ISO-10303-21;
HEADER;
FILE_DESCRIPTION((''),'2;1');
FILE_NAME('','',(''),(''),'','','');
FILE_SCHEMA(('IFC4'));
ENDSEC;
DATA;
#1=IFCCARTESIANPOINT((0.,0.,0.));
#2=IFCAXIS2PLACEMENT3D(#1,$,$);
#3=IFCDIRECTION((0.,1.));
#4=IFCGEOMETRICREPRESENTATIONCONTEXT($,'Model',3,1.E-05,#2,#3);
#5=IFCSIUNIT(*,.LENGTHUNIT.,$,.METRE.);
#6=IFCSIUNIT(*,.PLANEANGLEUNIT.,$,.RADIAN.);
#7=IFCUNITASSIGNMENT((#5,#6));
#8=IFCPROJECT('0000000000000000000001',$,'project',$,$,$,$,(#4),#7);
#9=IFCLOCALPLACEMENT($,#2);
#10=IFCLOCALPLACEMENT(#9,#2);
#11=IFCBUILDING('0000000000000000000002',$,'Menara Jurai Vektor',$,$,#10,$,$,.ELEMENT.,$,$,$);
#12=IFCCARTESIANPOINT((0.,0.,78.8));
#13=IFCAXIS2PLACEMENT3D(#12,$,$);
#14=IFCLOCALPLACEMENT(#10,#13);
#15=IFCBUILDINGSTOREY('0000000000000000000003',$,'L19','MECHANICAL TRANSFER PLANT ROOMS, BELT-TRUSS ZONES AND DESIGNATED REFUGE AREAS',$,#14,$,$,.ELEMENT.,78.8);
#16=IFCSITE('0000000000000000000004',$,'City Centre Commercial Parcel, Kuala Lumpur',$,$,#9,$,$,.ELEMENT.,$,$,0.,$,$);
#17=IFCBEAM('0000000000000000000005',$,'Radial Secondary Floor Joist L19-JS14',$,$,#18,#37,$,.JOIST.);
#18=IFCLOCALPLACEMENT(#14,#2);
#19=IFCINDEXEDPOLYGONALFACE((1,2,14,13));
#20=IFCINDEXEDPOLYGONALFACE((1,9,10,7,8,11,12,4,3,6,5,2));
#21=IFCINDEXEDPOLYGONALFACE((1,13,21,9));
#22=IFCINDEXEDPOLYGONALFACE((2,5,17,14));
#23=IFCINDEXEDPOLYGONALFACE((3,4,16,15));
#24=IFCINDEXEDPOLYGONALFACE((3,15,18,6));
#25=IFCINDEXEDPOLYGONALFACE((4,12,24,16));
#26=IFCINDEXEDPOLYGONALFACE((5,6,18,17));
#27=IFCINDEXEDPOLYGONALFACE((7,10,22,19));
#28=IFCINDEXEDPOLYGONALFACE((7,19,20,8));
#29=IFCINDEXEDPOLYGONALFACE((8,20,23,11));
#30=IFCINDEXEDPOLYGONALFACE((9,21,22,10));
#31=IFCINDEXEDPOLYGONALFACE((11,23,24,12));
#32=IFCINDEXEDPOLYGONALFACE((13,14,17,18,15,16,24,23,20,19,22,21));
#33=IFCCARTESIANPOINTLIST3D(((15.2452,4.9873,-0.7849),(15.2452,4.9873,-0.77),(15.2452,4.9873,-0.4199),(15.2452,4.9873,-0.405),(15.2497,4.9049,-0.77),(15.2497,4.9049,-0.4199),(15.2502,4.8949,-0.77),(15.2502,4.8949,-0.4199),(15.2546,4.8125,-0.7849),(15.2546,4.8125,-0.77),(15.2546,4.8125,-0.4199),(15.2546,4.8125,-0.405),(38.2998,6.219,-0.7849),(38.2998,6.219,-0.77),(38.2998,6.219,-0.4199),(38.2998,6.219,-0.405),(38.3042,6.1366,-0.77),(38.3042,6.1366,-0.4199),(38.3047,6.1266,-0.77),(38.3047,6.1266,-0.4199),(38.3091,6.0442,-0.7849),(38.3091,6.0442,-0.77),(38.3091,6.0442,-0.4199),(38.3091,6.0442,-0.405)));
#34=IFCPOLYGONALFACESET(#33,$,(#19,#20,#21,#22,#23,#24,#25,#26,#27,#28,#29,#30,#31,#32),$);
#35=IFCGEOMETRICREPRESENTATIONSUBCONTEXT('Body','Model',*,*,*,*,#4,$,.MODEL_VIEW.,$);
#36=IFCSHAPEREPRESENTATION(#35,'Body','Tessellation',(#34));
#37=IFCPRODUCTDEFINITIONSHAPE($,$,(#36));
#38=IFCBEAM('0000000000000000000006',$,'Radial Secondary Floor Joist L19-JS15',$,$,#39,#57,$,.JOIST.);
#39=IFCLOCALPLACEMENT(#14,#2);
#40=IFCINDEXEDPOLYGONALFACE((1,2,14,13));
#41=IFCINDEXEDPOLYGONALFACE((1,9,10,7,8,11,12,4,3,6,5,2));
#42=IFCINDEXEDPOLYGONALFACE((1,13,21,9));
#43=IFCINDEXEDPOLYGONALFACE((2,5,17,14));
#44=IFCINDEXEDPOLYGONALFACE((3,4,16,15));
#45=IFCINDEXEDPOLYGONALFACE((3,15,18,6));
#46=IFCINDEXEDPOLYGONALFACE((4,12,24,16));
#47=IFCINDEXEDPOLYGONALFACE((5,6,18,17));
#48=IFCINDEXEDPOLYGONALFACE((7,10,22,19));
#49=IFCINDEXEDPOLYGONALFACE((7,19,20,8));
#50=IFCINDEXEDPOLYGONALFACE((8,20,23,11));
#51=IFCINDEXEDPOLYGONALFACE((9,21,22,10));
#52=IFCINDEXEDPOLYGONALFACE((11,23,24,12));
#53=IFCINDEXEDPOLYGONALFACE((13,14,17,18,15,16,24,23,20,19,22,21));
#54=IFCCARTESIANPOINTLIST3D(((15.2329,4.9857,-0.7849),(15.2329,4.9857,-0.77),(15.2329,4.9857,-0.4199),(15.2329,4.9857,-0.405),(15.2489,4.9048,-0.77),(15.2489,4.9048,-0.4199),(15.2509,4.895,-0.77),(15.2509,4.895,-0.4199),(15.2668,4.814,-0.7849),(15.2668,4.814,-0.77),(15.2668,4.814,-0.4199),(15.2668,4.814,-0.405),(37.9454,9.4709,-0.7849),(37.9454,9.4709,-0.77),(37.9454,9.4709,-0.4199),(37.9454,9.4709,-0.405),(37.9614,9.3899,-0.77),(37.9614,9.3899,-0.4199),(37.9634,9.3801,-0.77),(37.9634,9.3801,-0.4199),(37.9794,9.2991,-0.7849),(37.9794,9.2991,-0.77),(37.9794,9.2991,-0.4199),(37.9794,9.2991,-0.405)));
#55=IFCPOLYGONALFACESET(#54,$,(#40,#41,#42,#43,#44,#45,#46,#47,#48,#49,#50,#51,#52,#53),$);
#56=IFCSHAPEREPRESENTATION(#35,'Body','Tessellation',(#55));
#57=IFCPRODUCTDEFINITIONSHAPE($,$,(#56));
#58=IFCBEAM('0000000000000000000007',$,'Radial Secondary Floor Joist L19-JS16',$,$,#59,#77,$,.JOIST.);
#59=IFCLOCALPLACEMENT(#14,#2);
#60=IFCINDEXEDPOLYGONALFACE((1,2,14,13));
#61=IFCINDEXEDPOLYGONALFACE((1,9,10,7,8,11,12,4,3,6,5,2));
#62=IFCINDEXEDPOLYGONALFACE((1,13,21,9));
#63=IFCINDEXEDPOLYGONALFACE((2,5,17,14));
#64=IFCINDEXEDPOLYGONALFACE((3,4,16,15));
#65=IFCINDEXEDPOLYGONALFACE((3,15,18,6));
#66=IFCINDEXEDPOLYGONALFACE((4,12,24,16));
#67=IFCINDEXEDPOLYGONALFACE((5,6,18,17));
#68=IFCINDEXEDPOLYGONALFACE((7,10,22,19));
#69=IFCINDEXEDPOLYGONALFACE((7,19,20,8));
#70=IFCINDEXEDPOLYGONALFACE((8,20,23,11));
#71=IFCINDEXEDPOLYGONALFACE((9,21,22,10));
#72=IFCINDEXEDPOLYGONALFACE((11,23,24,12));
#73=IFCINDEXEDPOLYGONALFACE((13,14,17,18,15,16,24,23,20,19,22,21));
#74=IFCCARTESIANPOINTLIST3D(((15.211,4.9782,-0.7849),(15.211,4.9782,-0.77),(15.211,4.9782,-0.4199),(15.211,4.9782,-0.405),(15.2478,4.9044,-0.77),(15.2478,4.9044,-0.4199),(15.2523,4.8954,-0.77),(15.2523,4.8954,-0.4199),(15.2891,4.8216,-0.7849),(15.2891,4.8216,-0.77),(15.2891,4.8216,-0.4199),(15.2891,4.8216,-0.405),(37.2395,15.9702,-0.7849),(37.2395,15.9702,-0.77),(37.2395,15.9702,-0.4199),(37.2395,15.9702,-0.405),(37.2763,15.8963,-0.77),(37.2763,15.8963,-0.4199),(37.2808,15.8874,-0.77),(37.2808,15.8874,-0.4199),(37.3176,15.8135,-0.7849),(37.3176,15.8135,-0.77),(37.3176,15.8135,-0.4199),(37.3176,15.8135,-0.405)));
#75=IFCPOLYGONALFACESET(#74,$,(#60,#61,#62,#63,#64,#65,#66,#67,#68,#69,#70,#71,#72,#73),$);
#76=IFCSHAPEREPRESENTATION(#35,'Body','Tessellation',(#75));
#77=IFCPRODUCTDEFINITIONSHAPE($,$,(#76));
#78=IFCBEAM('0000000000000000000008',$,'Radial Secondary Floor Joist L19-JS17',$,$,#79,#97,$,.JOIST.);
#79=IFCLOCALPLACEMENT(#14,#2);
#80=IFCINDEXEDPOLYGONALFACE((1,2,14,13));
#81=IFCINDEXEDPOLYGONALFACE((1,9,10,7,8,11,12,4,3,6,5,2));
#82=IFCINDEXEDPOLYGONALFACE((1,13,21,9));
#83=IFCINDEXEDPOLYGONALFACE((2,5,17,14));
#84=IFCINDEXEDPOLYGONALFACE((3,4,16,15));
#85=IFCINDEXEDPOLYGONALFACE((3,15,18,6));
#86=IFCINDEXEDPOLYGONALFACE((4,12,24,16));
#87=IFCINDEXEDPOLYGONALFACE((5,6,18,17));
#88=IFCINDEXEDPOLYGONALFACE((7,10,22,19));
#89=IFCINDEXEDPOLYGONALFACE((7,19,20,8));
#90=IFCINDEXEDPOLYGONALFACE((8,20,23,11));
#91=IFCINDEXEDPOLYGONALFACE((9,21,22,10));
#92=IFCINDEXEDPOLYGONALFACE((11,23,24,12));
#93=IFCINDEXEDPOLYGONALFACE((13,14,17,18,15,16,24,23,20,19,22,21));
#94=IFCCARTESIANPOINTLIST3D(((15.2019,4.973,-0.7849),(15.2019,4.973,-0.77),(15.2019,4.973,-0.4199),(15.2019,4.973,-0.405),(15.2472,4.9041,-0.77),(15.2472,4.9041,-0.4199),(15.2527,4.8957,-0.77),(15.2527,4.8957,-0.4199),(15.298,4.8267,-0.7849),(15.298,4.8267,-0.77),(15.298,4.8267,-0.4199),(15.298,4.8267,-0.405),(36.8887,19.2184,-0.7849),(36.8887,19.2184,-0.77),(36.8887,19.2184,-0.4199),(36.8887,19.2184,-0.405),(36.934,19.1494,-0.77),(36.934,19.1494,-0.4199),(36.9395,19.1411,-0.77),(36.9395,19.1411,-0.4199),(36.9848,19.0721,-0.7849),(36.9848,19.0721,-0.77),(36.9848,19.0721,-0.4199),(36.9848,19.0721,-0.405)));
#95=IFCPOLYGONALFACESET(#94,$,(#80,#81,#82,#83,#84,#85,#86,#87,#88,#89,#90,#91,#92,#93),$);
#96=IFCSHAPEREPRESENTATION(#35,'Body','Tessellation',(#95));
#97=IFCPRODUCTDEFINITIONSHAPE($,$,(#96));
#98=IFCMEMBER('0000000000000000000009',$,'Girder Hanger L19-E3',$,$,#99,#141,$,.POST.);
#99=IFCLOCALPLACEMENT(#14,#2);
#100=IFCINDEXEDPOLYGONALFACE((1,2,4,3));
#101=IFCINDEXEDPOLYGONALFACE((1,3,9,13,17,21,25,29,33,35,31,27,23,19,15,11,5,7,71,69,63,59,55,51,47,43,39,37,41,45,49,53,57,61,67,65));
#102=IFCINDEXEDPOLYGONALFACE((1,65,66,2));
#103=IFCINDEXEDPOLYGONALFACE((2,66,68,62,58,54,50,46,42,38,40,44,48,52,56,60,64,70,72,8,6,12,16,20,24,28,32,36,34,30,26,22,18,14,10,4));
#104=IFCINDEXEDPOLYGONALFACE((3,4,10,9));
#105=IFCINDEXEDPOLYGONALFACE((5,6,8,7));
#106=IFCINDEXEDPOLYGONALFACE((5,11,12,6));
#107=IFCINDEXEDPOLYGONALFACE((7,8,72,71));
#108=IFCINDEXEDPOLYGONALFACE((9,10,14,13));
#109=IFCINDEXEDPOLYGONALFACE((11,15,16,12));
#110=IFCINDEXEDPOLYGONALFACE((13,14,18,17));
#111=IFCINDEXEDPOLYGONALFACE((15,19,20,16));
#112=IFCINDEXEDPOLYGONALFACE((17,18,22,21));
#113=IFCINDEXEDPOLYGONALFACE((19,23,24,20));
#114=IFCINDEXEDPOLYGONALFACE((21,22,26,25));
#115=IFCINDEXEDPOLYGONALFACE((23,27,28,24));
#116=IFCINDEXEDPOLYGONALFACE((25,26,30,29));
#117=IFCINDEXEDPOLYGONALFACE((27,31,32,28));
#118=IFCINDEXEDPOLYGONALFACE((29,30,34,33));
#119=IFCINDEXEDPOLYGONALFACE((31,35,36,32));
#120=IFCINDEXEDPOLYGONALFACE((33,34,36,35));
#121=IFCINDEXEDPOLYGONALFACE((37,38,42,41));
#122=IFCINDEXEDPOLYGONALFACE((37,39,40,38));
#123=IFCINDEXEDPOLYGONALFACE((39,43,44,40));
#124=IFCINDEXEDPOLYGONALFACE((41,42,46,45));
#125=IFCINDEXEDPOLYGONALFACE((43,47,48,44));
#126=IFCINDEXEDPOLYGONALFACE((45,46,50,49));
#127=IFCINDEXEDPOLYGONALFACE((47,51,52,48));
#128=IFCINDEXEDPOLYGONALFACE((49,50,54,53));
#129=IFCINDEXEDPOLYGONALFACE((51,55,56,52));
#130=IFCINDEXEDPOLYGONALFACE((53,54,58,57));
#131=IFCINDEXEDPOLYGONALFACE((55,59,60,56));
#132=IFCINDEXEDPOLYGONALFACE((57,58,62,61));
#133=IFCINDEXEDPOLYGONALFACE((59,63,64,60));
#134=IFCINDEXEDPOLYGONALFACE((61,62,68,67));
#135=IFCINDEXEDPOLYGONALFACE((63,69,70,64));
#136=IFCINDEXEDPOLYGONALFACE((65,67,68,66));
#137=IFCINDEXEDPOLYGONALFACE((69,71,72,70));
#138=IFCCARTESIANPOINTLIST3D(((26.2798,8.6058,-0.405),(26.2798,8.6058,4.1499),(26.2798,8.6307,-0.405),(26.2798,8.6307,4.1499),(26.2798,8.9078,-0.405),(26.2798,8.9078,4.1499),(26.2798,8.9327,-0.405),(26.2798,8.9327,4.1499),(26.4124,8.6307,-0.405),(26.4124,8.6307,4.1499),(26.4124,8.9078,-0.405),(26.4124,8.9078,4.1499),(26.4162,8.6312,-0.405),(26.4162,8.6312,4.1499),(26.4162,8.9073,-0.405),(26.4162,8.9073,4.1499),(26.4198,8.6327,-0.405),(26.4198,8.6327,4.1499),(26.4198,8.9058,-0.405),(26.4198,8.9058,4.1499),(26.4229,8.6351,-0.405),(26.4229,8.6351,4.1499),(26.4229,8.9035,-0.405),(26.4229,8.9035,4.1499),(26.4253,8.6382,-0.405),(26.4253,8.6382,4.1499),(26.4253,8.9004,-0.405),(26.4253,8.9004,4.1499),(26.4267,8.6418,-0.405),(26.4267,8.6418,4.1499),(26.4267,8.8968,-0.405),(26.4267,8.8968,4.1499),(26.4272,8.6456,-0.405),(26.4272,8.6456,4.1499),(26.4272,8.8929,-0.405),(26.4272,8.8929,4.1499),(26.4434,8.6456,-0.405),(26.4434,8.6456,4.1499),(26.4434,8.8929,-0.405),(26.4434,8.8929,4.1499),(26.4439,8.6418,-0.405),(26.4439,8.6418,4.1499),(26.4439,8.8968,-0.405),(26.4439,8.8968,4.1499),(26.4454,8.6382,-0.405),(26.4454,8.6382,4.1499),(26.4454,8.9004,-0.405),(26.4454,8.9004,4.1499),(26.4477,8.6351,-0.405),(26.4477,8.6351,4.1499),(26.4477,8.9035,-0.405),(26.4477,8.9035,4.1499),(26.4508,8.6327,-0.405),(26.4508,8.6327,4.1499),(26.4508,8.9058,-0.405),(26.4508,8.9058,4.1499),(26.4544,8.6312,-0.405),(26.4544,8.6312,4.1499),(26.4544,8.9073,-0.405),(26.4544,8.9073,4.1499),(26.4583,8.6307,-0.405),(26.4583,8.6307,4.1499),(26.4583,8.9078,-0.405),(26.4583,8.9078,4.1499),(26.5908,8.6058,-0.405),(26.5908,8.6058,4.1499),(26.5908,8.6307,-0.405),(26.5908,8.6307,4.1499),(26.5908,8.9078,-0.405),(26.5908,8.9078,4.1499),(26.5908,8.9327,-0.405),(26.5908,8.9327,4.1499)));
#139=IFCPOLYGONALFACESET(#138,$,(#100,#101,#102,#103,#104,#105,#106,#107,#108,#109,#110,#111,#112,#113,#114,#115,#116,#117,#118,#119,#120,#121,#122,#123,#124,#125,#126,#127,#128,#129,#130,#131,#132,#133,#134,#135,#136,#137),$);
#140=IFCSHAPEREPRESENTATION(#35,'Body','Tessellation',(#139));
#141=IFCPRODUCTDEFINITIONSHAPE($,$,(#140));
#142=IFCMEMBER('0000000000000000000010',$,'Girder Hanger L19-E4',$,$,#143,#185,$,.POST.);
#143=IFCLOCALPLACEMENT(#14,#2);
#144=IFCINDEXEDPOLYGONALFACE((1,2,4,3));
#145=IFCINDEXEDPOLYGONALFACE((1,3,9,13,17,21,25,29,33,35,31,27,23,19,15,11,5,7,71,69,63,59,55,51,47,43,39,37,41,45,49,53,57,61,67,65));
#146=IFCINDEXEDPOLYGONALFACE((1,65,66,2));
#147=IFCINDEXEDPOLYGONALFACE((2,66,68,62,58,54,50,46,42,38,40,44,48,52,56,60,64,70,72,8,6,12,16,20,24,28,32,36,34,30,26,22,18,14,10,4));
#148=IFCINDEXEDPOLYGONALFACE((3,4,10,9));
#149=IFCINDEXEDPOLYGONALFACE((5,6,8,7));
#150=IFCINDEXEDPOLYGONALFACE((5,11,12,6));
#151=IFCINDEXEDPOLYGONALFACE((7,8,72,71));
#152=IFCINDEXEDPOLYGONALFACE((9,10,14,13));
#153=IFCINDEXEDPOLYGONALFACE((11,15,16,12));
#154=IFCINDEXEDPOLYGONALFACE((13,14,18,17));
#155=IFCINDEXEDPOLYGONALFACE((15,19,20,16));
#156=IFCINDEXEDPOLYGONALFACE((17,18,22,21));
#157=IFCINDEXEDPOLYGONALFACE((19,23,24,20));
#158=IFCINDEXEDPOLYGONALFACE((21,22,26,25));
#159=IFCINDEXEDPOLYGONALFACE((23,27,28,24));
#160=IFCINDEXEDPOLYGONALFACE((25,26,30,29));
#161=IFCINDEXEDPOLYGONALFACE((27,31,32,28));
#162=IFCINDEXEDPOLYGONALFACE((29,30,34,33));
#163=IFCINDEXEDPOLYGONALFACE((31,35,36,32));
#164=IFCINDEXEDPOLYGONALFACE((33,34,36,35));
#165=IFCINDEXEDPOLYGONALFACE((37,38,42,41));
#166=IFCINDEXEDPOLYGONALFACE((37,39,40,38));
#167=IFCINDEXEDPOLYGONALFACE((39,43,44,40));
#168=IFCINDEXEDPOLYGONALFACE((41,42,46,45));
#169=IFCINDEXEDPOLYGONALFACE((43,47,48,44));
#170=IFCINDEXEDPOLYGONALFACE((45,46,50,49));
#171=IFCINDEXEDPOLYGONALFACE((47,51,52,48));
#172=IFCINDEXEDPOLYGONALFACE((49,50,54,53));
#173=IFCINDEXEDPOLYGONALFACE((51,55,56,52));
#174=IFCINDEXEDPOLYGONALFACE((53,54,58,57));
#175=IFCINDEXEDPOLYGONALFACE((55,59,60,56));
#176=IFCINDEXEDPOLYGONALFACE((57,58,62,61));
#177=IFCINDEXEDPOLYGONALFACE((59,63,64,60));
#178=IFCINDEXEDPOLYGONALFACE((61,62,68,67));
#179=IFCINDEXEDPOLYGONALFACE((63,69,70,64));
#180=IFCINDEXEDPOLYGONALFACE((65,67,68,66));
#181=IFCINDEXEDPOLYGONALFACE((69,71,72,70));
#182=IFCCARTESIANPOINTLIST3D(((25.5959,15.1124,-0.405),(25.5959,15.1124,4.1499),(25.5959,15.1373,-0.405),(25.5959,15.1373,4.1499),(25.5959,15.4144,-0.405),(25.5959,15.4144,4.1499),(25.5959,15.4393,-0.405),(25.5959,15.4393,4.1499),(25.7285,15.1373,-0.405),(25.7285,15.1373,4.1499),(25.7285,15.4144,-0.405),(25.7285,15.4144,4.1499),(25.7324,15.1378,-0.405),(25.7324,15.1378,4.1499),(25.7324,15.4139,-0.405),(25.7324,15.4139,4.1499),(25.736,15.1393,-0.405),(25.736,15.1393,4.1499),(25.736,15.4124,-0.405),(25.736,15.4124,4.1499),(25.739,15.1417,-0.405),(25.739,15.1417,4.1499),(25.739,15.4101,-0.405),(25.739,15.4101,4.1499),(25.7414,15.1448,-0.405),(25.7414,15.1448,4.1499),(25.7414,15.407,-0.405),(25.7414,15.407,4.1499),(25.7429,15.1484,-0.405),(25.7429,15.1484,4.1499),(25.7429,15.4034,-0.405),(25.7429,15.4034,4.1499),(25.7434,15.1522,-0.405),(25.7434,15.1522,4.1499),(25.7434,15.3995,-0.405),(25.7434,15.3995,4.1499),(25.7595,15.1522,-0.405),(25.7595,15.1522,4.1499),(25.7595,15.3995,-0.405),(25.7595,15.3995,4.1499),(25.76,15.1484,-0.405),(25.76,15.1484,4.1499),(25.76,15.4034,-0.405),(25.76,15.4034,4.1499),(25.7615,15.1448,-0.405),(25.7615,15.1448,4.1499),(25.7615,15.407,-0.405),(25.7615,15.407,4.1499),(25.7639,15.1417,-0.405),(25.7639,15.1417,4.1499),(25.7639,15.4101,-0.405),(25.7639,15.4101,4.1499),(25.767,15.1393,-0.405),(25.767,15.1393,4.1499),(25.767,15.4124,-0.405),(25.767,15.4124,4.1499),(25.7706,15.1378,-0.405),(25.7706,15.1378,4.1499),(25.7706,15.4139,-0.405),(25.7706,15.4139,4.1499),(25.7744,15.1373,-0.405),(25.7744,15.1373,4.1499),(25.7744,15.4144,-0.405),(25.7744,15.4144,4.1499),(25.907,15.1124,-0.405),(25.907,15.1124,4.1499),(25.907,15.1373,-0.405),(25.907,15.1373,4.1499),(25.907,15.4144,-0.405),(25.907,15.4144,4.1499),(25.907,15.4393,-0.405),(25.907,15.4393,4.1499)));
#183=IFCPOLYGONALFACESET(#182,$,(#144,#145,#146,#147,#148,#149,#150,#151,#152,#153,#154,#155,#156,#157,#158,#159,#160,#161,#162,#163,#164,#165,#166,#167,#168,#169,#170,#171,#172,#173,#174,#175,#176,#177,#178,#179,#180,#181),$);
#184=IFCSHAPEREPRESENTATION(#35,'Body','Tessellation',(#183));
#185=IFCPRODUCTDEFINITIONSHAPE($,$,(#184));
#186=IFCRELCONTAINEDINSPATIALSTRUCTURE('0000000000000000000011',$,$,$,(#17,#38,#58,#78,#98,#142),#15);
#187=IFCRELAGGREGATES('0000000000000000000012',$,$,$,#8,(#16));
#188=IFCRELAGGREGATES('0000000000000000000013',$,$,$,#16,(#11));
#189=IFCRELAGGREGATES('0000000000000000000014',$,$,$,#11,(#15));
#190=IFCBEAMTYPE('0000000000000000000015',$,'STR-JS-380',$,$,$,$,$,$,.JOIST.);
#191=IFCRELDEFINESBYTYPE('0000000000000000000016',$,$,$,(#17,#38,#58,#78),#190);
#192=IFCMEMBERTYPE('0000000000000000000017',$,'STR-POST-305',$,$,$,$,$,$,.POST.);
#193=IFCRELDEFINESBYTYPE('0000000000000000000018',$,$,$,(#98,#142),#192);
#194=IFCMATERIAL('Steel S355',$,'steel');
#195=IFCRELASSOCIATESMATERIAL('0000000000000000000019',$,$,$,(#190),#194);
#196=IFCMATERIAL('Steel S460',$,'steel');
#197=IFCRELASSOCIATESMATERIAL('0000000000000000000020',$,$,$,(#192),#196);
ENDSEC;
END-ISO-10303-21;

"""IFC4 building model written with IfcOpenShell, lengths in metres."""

from ifc_helpers import new_model, si_unit, direction, frame, origin, origin_2d, place, context, subcontext, project, spatial, i_section, extrude, material, material_profile, profile_set, type_object, element, save


model = new_model("IFC4")

# Units and contexts
model_context = context("Model", 3, precision=1e-05, world=origin(), true_north=direction((0.0, 1.0)))
body_context = subcontext(model_context, "Body", "Model", "MODEL_VIEW")
ifc_project = project(units=[si_unit("LENGTHUNIT", "METRE"), si_unit("PLANEANGLEUNIT", "RADIAN")], contexts=[model_context])

# Site, building, storey
site_placement = place(None, origin())
site = spatial("IfcSite", under=ifc_project, at=site_placement, Name="City Centre Commercial Parcel, Kuala Lumpur", CompositionType="ELEMENT", RefElevation=0.0)
building_placement = place(site_placement, origin())
building = spatial("IfcBuilding", under=site, at=building_placement, Name="Menara Jurai Vektor", CompositionType="ELEMENT")
storey_placement = place(building_placement, frame((0.0, 0.0, 78.8)))
storey = spatial("IfcBuildingStorey", under=building, at=storey_placement, Name="L19", Description="MECHANICAL TRANSFER PLANT ROOMS, BELT-TRUSS ZONES AND DESIGNATED REFUGE AREAS", CompositionType="ELEMENT", Elevation=78.8)

# Shared definitions
ifc_material_1 = material(Name="Steel S460", Category="steel")

# Shared definitions
ifc_material_2 = material(Name="Steel S355", Category="steel")

# Beams
ifc_material_profile_1 = material_profile(ifc_material_2, i_section(OverallWidth=0.175, OverallDepth=0.3799, WebThickness=0.01, FlangeThickness=0.0149, at=origin_2d()), Name="PG 380x175x58")
ifc_profile_set_1 = profile_set([ifc_material_profile_1], Name="Steel S355")
beam_type_1 = type_object("IfcBeamType", Name="STR-JS-380", PredefinedType="JOIST", material=ifc_profile_set_1)
beam_1_placement = place(storey_placement, frame((38.3044, 6.1316, -0.595), z_axis=(-0.998576, -0.053349, 0.0), x_axis=(0.053349, -0.998576, 0.0)))
element("IfcBeam", 1, at=beam_1_placement, inside=storey, type_object=beam_type_1, Name="Radial Secondary Floor Joist L19-JS14", PredefinedType="JOIST", context=body_context, shape_type="SweptSolid", body=[
    extrude(i_section(OverallWidth=0.175, OverallDepth=0.3799, WebThickness=0.01, FlangeThickness=0.0149, at=origin_2d()), origin(), (0.0, 0.0, 1.0), 23.0874),
])
beam_2_placement = place(storey_placement, frame((37.9624, 9.385, -0.595), z_axis=(-0.981054, -0.193733, 0.0), x_axis=(0.193733, -0.981054, 0.0)))
element("IfcBeam", 2, at=beam_2_placement, inside=storey, type_object=beam_type_1, Name="Radial Secondary Floor Joist L19-JS15", PredefinedType="JOIST", context=body_context, shape_type="SweptSolid", body=[
    extrude(i_section(OverallWidth=0.175, OverallDepth=0.3799, WebThickness=0.01, FlangeThickness=0.0149, at=origin_2d()), origin(), (0.0, 0.0, 1.0), 23.1511),
])
beam_3_placement = place(storey_placement, frame((37.2786, 15.8918, -0.595), z_axis=(-0.89479, -0.446488, 0.0), x_axis=(0.446488, -0.89479, 0.0)))
element("IfcBeam", 3, at=beam_3_placement, inside=storey, type_object=beam_type_1, Name="Radial Secondary Floor Joist L19-JS16", PredefinedType="JOIST", context=body_context, shape_type="SweptSolid", body=[
    extrude(i_section(OverallWidth=0.175, OverallDepth=0.3799, WebThickness=0.01, FlangeThickness=0.0149, at=origin_2d()), origin(), (0.0, 0.0, 1.0), 24.6187),
])
beam_4_placement = place(storey_placement, frame((36.9368, 19.1453, -0.595), z_axis=(-0.835811, -0.549018, 0.0), x_axis=(0.549018, -0.835811, 0.0)))
element("IfcBeam", 4, at=beam_4_placement, inside=storey, type_object=beam_type_1, Name="Radial Secondary Floor Joist L19-JS17", PredefinedType="JOIST", context=body_context, shape_type="SweptSolid", body=[
    extrude(i_section(OverallWidth=0.175, OverallDepth=0.3799, WebThickness=0.01, FlangeThickness=0.0149, at=origin_2d()), origin(), (0.0, 0.0, 1.0), 25.947),
])

# Members
ifc_material_profile_2 = material_profile(ifc_material_1, i_section(OverallWidth=0.311, OverallDepth=0.3269, WebThickness=0.0161, FlangeThickness=0.0249, FilletRadius=0.0149, at=origin_2d()), Name="UKC 305x305x158")
ifc_profile_set_2 = profile_set([ifc_material_profile_2], Name="Steel S460")
member_type_1 = type_object("IfcMemberType", Name="STR-POST-305", PredefinedType="POST", material=ifc_profile_set_2)
for number, where, z_axis, x_axis, name in (
    (5, (26.4353, 8.7693, -0.405), (0.0, 0.0, 1.0), (1.0, 0.0, 0.0), "Girder Hanger L19-E3"),
    (6, (25.7515, 15.2759, -0.405), (0.0, 0.0, 1.0), (1.0, 0.0, 0.0), "Girder Hanger L19-E4"),
):
    element("IfcMember", number, at=place(storey_placement, frame(where, z_axis=z_axis, x_axis=x_axis)), inside=storey, type_object=member_type_1, Name=name, PredefinedType="POST", context=body_context, shape_type="SweptSolid", body=[
        extrude(i_section(OverallWidth=0.311, OverallDepth=0.3269, WebThickness=0.0161, FlangeThickness=0.0249, FilletRadius=0.0149, at=origin_2d()), origin(), (0.0, 0.0, 1.0), 4.5549),
    ])

save(model, "model.ifc")
